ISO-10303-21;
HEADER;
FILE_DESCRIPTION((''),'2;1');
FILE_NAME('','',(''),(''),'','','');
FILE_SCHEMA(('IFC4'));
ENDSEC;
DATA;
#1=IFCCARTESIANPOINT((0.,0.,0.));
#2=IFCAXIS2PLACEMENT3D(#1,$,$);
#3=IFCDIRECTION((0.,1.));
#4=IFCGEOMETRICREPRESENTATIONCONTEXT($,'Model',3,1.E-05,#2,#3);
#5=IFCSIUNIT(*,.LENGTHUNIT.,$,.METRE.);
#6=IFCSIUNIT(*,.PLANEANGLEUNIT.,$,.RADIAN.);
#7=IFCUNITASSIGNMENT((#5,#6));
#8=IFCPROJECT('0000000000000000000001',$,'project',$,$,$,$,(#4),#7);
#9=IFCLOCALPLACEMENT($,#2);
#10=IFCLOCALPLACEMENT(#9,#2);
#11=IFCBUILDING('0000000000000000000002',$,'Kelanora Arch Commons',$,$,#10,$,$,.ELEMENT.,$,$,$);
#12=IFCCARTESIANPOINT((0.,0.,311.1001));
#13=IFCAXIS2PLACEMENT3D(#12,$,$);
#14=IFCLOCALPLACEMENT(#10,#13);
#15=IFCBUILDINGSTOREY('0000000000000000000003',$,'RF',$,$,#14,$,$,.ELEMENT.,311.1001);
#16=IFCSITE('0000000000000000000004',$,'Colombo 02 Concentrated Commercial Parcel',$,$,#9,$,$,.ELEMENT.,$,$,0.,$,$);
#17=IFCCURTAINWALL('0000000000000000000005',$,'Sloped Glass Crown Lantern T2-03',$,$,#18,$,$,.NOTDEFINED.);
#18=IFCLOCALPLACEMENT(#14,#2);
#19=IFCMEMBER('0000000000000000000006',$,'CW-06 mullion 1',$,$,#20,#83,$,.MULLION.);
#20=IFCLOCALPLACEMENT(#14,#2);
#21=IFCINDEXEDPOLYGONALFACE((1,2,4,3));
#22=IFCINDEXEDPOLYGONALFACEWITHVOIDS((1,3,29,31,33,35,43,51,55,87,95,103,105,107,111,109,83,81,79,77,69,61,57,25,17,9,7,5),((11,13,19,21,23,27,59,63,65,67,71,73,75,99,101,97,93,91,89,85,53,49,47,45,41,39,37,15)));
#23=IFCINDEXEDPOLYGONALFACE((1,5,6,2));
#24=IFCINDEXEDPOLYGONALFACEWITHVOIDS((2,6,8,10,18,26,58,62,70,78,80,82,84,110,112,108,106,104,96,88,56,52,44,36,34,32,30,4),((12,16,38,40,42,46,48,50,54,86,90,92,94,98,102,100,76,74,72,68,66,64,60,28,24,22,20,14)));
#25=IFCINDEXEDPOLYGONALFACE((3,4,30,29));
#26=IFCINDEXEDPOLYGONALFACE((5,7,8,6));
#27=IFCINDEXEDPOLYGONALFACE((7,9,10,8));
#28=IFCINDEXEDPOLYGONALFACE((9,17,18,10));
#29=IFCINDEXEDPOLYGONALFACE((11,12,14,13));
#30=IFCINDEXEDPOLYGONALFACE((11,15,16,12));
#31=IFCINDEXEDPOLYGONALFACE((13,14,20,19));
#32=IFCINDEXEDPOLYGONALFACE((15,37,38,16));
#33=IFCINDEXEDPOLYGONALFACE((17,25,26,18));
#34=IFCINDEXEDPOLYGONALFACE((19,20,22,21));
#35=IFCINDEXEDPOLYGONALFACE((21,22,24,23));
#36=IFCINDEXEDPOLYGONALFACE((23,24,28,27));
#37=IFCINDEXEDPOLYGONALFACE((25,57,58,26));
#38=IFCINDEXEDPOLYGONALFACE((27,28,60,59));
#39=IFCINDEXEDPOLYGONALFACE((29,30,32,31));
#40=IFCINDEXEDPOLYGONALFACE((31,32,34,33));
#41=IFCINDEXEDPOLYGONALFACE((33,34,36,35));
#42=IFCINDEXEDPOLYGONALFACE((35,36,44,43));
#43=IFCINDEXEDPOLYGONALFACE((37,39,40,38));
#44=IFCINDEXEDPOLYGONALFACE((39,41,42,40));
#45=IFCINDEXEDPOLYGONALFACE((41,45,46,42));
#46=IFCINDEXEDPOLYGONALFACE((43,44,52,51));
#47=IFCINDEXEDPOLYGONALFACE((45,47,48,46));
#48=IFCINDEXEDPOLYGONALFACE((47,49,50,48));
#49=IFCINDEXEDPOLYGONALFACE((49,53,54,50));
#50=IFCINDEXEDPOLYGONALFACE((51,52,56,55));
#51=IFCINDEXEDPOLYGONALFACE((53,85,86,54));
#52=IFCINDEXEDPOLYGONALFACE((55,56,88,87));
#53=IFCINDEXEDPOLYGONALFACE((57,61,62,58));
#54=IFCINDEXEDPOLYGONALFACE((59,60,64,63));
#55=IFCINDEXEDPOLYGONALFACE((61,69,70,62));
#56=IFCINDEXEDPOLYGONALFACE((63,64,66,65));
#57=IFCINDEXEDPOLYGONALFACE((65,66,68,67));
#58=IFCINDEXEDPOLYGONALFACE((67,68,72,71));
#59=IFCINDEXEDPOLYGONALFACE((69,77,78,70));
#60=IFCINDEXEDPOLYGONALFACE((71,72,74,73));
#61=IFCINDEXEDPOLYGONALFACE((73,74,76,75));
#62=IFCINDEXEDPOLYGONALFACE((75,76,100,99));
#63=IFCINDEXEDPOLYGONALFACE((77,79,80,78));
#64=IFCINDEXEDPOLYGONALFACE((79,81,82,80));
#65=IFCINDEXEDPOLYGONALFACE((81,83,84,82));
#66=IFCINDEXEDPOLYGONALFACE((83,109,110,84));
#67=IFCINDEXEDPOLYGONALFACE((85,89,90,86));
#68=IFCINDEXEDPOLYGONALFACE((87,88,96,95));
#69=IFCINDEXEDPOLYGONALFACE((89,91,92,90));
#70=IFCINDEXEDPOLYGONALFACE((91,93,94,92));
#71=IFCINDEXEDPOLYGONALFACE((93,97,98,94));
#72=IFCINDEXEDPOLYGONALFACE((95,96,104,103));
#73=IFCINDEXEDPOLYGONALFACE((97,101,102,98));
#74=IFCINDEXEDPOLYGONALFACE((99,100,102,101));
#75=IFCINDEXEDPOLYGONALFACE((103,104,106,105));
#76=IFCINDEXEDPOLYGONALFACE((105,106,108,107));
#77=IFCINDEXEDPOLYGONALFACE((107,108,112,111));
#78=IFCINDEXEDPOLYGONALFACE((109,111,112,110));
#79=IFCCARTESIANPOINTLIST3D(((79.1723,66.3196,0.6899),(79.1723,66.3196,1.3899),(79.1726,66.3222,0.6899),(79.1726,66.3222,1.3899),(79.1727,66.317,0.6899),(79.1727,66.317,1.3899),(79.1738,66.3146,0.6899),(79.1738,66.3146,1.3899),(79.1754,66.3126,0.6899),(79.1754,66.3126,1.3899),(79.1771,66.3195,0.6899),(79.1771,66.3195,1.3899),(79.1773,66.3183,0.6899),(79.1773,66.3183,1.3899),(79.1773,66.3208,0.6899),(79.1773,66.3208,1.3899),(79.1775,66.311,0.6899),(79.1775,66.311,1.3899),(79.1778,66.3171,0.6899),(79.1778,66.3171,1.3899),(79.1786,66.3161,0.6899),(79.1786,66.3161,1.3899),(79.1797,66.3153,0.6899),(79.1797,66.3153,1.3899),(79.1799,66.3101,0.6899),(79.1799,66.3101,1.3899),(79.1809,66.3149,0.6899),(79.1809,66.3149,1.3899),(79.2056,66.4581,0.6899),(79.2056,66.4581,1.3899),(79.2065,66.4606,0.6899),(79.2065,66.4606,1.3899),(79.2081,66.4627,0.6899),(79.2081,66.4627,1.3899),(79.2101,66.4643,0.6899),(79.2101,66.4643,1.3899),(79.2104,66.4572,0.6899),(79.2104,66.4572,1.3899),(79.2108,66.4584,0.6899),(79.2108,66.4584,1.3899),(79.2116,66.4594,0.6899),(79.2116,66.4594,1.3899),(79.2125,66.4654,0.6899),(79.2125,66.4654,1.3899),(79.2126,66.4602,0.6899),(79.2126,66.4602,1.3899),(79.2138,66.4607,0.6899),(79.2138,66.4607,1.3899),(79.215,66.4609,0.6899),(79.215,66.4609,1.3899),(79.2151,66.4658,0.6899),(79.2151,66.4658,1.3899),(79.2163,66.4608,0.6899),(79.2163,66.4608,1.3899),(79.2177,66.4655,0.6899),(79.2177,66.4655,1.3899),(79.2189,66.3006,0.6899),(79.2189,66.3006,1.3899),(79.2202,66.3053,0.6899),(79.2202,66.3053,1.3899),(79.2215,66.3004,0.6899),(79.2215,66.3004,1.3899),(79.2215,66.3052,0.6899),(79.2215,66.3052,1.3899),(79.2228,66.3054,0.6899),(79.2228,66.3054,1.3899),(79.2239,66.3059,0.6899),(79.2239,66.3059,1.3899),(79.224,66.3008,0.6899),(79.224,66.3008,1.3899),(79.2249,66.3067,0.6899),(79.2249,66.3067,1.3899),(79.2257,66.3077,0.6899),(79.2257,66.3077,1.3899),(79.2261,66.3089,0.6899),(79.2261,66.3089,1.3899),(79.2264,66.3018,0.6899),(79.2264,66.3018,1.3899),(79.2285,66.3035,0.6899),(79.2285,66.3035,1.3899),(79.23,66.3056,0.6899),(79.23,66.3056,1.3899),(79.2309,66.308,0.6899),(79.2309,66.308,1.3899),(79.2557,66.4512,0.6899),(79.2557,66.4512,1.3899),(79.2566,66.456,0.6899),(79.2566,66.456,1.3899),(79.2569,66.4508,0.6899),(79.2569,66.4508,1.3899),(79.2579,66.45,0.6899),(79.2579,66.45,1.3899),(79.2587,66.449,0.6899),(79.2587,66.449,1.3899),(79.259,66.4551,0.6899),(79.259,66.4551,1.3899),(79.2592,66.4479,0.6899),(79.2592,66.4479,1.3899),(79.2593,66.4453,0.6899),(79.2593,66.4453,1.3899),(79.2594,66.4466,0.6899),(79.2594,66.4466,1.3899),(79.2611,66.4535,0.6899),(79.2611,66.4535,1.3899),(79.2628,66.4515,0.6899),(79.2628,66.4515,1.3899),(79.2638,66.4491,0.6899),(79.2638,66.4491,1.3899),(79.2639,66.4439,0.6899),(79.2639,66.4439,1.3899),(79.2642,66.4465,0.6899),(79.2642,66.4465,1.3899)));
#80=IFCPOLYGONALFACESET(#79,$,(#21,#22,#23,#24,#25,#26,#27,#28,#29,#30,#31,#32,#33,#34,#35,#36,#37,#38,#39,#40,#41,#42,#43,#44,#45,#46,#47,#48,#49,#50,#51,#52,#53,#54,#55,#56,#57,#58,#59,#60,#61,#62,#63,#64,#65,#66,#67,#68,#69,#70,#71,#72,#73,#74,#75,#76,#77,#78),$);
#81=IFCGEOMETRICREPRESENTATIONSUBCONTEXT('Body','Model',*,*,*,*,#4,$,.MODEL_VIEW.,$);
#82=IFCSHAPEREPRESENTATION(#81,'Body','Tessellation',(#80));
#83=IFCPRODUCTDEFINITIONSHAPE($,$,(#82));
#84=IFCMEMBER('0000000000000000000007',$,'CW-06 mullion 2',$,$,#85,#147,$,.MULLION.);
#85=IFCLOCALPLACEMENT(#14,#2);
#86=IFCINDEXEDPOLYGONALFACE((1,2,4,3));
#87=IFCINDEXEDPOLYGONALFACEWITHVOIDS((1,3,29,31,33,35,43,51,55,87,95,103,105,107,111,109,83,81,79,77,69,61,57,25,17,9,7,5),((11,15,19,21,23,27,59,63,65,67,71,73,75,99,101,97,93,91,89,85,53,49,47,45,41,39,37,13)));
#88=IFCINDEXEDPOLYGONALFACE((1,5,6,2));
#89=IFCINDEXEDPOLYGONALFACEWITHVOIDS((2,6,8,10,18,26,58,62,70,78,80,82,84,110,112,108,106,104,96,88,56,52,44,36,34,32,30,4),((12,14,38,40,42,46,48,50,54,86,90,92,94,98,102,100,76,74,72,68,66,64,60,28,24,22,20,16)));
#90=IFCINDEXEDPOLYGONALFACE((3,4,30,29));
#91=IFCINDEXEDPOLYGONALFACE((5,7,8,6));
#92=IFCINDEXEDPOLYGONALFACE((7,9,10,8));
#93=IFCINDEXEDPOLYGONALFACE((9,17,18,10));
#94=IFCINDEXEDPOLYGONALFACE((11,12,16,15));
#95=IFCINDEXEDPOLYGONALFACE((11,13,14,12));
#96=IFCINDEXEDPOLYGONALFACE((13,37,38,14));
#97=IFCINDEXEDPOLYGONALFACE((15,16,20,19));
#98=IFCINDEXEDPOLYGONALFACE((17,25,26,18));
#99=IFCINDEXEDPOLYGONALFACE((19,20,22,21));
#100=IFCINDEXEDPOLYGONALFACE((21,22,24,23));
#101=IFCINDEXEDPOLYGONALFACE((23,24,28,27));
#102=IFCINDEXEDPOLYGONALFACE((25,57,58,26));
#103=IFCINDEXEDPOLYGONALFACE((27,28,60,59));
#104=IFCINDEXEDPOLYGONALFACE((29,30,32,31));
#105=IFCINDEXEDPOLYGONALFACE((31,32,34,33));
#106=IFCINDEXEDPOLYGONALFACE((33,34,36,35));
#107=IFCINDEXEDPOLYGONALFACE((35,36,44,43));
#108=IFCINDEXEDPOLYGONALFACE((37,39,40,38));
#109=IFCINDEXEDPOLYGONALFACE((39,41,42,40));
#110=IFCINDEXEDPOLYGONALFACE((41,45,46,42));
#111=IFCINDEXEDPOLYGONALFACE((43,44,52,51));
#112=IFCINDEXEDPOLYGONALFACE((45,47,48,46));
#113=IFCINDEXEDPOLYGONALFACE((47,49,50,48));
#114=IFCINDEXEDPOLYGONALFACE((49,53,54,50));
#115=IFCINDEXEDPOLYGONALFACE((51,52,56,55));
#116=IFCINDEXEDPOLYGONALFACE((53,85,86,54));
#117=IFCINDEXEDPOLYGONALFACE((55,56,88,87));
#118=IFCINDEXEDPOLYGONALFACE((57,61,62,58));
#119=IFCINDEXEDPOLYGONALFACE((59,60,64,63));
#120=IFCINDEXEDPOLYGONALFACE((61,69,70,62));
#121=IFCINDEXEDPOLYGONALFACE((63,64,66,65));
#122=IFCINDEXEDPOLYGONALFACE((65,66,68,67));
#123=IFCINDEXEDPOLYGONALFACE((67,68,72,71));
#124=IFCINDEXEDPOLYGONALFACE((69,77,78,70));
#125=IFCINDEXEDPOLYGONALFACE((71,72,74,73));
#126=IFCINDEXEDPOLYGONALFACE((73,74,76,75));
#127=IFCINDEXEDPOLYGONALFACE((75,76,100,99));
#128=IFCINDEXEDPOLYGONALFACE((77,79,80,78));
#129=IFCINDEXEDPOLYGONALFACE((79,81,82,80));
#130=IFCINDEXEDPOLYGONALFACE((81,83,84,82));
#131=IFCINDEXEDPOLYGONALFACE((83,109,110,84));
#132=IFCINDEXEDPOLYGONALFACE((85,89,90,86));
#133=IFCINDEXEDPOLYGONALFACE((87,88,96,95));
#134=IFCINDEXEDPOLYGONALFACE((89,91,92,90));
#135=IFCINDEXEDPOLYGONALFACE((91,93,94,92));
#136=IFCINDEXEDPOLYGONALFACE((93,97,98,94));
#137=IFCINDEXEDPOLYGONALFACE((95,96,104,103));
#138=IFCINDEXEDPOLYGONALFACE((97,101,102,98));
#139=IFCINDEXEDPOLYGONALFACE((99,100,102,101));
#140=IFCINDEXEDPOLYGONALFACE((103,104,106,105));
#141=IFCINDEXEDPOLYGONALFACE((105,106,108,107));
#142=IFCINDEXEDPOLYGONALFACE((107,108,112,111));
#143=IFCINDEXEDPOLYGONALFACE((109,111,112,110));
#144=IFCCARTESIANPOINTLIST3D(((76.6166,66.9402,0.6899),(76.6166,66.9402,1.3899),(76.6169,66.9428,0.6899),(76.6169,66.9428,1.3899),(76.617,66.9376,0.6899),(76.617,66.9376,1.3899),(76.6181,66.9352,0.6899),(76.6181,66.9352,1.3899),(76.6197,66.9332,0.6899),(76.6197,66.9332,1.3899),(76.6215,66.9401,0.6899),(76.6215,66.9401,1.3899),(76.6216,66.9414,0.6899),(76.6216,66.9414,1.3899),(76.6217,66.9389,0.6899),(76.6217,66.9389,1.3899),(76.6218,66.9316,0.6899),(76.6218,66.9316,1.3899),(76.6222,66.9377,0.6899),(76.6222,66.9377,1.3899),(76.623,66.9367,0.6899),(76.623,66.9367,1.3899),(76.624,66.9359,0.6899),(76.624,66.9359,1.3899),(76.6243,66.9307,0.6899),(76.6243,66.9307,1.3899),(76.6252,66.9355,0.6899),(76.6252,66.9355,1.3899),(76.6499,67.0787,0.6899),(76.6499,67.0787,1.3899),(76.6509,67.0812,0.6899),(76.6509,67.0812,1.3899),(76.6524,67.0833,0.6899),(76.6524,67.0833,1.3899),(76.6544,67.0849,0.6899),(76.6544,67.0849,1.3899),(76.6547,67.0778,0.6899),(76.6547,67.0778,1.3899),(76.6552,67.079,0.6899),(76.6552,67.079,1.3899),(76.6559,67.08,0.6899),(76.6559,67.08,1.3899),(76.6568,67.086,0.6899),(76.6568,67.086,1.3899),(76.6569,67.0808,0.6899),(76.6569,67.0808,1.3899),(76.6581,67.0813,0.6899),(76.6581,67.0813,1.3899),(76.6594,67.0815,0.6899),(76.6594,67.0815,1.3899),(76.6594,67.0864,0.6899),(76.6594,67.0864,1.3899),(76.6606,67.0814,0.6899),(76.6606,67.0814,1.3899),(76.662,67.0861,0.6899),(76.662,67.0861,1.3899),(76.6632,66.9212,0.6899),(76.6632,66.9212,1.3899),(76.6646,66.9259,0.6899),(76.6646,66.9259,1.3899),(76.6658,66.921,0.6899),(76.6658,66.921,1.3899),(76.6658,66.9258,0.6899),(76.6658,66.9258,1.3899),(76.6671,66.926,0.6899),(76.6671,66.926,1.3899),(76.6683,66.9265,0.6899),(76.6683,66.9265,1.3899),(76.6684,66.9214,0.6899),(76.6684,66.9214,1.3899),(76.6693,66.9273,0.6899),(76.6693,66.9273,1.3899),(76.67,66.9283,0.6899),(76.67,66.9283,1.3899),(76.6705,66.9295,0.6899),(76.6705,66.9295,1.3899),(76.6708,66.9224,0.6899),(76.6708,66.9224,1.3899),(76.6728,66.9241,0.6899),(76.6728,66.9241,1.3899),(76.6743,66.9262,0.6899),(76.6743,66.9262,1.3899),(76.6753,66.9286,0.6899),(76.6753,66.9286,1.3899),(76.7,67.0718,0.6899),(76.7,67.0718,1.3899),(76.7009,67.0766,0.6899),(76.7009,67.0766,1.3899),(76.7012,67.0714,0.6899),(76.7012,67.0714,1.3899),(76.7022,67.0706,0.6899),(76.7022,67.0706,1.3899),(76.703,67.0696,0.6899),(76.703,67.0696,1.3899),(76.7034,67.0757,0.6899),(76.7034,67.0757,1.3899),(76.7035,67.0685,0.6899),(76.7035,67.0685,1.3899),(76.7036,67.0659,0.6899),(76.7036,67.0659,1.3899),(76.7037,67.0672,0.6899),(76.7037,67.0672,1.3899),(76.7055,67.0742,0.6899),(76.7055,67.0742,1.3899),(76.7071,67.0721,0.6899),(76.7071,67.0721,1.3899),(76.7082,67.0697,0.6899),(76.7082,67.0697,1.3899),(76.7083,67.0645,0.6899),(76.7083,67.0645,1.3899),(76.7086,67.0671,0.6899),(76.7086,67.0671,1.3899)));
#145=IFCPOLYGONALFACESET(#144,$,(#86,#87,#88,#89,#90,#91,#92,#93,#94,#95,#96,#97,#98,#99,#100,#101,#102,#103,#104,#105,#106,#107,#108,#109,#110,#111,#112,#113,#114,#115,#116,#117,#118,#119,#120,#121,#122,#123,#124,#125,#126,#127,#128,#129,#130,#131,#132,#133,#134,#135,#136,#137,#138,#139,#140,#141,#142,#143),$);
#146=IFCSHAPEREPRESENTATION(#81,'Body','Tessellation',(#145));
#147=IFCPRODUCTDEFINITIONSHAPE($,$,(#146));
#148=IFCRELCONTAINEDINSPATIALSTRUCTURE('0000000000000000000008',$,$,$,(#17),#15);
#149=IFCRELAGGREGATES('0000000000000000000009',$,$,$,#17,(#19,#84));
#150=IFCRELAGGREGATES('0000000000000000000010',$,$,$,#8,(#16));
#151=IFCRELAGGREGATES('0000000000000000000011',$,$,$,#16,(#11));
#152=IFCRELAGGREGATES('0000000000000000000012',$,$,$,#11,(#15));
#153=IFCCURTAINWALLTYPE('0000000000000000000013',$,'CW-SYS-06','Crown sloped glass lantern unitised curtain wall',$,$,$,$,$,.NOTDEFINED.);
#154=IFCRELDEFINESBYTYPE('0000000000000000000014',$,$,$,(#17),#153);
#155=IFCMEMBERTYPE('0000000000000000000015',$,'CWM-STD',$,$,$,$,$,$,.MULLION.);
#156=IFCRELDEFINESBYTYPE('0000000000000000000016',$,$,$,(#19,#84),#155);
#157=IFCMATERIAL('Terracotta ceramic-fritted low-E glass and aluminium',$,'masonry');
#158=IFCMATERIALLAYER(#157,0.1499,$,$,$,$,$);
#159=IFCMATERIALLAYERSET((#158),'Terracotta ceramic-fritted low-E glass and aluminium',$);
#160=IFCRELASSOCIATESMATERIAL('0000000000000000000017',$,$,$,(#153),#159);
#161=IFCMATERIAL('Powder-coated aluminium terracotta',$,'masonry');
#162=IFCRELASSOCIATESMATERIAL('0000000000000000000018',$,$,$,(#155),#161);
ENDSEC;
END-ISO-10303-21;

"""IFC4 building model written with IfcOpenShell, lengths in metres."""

from ifc_helpers import new_model, si_unit, direction, frame, origin, origin_2d, place, context, subcontext, project, spatial, hollow_rectangle, extrude, material, layer, layer_set, material_profile, profile_set, type_object, element, aggregate, save


model = new_model("IFC4")

# Units and contexts
model_context = context("Model", 3, precision=1e-05, world=origin(), true_north=direction((0.0, 1.0)))
body_context = subcontext(model_context, "Body", "Model", "MODEL_VIEW")
ifc_project = project(units=[si_unit("LENGTHUNIT", "METRE"), si_unit("PLANEANGLEUNIT", "RADIAN")], contexts=[model_context])

# Site, building, storey
site_placement = place(None, origin())
site = spatial("IfcSite", under=ifc_project, at=site_placement, Name="Colombo 02 Concentrated Commercial Parcel", CompositionType="ELEMENT", RefElevation=0.0)
building_placement = place(site_placement, origin())
building = spatial("IfcBuilding", under=site, at=building_placement, Name="Kelanora Arch Commons", CompositionType="ELEMENT")
storey_placement = place(building_placement, frame((0.0, 0.0, 311.1001)))
storey = spatial("IfcBuildingStorey", under=building, at=storey_placement, Name="RF", CompositionType="ELEMENT", Elevation=311.1001)

# Shared definitions
ifc_material_1 = material(Name="Terracotta ceramic-fritted low-E glass and aluminium", Category="masonry")
ifc_layer_1 = layer(ifc_material_1, 0.1499)
ifc_layer_set_1 = layer_set([ifc_layer_1], Name="Terracotta ceramic-fritted low-E glass and aluminium")
curtain_wall_type = type_object("IfcCurtainWallType", Name="CW-SYS-06", Description="Crown sloped glass lantern unitised curtain wall", PredefinedType="NOTDEFINED", material=ifc_layer_set_1)
ifc_material_2 = material(Name="Powder-coated aluminium terracotta", Category="masonry")
ifc_material_profile_1 = material_profile(ifc_material_2, hollow_rectangle(XDim=0.1599, YDim=0.0601, WallThickness=0.0049, InnerFilletRadius=0.0049, OuterFilletRadius=0.01, at=origin_2d()), Name="CWM160x60")
ifc_profile_set_1 = profile_set([ifc_material_profile_1], Name="Powder-coated aluminium terracotta")
member_type_1 = type_object("IfcMemberType", Name="CWM-STD", PredefinedType="MULLION", material=ifc_profile_set_1)

# Curtain wall, members
curtain_wall_1_placement = place(storey_placement, origin())
curtain_wall_1 = element("IfcCurtainWall", 1, at=curtain_wall_1_placement, inside=storey, type_object=curtain_wall_type, Name="Sloped Glass Crown Lantern T2-03", PredefinedType="NOTDEFINED")
member_1_placement = place(storey_placement, frame((79.2183, 66.3831, 0.6899), z_axis=(0.0, 0.0, 1.0), x_axis=(-0.235931, -0.97177, 0.0)))
member_1 = element("IfcMember", 2, at=member_1_placement, type_object=member_type_1, Name="CW-06 mullion 1", PredefinedType="MULLION", context=body_context, shape_type="SweptSolid", body=[
    extrude(hollow_rectangle(XDim=0.1599, YDim=0.0601, WallThickness=0.0049, InnerFilletRadius=0.0049, OuterFilletRadius=0.01, at=origin_2d()), origin(), (0.0, 0.0, 1.0), 0.7),
])
member_2_placement = place(storey_placement, frame((76.6626, 67.0037, 0.6899), z_axis=(0.0, 0.0, 1.0), x_axis=(-0.235931, -0.97177, 0.0)))
member_2 = element("IfcMember", 3, at=member_2_placement, type_object=member_type_1, Name="CW-06 mullion 2", PredefinedType="MULLION", context=body_context, shape_type="SweptSolid", body=[
    extrude(hollow_rectangle(XDim=0.1599, YDim=0.0601, WallThickness=0.0049, InnerFilletRadius=0.0049, OuterFilletRadius=0.01, at=origin_2d()), origin(), (0.0, 0.0, 1.0), 0.7),
])

aggregate(curtain_wall_1, [member_1, member_2])

save(model, "model.ifc")
